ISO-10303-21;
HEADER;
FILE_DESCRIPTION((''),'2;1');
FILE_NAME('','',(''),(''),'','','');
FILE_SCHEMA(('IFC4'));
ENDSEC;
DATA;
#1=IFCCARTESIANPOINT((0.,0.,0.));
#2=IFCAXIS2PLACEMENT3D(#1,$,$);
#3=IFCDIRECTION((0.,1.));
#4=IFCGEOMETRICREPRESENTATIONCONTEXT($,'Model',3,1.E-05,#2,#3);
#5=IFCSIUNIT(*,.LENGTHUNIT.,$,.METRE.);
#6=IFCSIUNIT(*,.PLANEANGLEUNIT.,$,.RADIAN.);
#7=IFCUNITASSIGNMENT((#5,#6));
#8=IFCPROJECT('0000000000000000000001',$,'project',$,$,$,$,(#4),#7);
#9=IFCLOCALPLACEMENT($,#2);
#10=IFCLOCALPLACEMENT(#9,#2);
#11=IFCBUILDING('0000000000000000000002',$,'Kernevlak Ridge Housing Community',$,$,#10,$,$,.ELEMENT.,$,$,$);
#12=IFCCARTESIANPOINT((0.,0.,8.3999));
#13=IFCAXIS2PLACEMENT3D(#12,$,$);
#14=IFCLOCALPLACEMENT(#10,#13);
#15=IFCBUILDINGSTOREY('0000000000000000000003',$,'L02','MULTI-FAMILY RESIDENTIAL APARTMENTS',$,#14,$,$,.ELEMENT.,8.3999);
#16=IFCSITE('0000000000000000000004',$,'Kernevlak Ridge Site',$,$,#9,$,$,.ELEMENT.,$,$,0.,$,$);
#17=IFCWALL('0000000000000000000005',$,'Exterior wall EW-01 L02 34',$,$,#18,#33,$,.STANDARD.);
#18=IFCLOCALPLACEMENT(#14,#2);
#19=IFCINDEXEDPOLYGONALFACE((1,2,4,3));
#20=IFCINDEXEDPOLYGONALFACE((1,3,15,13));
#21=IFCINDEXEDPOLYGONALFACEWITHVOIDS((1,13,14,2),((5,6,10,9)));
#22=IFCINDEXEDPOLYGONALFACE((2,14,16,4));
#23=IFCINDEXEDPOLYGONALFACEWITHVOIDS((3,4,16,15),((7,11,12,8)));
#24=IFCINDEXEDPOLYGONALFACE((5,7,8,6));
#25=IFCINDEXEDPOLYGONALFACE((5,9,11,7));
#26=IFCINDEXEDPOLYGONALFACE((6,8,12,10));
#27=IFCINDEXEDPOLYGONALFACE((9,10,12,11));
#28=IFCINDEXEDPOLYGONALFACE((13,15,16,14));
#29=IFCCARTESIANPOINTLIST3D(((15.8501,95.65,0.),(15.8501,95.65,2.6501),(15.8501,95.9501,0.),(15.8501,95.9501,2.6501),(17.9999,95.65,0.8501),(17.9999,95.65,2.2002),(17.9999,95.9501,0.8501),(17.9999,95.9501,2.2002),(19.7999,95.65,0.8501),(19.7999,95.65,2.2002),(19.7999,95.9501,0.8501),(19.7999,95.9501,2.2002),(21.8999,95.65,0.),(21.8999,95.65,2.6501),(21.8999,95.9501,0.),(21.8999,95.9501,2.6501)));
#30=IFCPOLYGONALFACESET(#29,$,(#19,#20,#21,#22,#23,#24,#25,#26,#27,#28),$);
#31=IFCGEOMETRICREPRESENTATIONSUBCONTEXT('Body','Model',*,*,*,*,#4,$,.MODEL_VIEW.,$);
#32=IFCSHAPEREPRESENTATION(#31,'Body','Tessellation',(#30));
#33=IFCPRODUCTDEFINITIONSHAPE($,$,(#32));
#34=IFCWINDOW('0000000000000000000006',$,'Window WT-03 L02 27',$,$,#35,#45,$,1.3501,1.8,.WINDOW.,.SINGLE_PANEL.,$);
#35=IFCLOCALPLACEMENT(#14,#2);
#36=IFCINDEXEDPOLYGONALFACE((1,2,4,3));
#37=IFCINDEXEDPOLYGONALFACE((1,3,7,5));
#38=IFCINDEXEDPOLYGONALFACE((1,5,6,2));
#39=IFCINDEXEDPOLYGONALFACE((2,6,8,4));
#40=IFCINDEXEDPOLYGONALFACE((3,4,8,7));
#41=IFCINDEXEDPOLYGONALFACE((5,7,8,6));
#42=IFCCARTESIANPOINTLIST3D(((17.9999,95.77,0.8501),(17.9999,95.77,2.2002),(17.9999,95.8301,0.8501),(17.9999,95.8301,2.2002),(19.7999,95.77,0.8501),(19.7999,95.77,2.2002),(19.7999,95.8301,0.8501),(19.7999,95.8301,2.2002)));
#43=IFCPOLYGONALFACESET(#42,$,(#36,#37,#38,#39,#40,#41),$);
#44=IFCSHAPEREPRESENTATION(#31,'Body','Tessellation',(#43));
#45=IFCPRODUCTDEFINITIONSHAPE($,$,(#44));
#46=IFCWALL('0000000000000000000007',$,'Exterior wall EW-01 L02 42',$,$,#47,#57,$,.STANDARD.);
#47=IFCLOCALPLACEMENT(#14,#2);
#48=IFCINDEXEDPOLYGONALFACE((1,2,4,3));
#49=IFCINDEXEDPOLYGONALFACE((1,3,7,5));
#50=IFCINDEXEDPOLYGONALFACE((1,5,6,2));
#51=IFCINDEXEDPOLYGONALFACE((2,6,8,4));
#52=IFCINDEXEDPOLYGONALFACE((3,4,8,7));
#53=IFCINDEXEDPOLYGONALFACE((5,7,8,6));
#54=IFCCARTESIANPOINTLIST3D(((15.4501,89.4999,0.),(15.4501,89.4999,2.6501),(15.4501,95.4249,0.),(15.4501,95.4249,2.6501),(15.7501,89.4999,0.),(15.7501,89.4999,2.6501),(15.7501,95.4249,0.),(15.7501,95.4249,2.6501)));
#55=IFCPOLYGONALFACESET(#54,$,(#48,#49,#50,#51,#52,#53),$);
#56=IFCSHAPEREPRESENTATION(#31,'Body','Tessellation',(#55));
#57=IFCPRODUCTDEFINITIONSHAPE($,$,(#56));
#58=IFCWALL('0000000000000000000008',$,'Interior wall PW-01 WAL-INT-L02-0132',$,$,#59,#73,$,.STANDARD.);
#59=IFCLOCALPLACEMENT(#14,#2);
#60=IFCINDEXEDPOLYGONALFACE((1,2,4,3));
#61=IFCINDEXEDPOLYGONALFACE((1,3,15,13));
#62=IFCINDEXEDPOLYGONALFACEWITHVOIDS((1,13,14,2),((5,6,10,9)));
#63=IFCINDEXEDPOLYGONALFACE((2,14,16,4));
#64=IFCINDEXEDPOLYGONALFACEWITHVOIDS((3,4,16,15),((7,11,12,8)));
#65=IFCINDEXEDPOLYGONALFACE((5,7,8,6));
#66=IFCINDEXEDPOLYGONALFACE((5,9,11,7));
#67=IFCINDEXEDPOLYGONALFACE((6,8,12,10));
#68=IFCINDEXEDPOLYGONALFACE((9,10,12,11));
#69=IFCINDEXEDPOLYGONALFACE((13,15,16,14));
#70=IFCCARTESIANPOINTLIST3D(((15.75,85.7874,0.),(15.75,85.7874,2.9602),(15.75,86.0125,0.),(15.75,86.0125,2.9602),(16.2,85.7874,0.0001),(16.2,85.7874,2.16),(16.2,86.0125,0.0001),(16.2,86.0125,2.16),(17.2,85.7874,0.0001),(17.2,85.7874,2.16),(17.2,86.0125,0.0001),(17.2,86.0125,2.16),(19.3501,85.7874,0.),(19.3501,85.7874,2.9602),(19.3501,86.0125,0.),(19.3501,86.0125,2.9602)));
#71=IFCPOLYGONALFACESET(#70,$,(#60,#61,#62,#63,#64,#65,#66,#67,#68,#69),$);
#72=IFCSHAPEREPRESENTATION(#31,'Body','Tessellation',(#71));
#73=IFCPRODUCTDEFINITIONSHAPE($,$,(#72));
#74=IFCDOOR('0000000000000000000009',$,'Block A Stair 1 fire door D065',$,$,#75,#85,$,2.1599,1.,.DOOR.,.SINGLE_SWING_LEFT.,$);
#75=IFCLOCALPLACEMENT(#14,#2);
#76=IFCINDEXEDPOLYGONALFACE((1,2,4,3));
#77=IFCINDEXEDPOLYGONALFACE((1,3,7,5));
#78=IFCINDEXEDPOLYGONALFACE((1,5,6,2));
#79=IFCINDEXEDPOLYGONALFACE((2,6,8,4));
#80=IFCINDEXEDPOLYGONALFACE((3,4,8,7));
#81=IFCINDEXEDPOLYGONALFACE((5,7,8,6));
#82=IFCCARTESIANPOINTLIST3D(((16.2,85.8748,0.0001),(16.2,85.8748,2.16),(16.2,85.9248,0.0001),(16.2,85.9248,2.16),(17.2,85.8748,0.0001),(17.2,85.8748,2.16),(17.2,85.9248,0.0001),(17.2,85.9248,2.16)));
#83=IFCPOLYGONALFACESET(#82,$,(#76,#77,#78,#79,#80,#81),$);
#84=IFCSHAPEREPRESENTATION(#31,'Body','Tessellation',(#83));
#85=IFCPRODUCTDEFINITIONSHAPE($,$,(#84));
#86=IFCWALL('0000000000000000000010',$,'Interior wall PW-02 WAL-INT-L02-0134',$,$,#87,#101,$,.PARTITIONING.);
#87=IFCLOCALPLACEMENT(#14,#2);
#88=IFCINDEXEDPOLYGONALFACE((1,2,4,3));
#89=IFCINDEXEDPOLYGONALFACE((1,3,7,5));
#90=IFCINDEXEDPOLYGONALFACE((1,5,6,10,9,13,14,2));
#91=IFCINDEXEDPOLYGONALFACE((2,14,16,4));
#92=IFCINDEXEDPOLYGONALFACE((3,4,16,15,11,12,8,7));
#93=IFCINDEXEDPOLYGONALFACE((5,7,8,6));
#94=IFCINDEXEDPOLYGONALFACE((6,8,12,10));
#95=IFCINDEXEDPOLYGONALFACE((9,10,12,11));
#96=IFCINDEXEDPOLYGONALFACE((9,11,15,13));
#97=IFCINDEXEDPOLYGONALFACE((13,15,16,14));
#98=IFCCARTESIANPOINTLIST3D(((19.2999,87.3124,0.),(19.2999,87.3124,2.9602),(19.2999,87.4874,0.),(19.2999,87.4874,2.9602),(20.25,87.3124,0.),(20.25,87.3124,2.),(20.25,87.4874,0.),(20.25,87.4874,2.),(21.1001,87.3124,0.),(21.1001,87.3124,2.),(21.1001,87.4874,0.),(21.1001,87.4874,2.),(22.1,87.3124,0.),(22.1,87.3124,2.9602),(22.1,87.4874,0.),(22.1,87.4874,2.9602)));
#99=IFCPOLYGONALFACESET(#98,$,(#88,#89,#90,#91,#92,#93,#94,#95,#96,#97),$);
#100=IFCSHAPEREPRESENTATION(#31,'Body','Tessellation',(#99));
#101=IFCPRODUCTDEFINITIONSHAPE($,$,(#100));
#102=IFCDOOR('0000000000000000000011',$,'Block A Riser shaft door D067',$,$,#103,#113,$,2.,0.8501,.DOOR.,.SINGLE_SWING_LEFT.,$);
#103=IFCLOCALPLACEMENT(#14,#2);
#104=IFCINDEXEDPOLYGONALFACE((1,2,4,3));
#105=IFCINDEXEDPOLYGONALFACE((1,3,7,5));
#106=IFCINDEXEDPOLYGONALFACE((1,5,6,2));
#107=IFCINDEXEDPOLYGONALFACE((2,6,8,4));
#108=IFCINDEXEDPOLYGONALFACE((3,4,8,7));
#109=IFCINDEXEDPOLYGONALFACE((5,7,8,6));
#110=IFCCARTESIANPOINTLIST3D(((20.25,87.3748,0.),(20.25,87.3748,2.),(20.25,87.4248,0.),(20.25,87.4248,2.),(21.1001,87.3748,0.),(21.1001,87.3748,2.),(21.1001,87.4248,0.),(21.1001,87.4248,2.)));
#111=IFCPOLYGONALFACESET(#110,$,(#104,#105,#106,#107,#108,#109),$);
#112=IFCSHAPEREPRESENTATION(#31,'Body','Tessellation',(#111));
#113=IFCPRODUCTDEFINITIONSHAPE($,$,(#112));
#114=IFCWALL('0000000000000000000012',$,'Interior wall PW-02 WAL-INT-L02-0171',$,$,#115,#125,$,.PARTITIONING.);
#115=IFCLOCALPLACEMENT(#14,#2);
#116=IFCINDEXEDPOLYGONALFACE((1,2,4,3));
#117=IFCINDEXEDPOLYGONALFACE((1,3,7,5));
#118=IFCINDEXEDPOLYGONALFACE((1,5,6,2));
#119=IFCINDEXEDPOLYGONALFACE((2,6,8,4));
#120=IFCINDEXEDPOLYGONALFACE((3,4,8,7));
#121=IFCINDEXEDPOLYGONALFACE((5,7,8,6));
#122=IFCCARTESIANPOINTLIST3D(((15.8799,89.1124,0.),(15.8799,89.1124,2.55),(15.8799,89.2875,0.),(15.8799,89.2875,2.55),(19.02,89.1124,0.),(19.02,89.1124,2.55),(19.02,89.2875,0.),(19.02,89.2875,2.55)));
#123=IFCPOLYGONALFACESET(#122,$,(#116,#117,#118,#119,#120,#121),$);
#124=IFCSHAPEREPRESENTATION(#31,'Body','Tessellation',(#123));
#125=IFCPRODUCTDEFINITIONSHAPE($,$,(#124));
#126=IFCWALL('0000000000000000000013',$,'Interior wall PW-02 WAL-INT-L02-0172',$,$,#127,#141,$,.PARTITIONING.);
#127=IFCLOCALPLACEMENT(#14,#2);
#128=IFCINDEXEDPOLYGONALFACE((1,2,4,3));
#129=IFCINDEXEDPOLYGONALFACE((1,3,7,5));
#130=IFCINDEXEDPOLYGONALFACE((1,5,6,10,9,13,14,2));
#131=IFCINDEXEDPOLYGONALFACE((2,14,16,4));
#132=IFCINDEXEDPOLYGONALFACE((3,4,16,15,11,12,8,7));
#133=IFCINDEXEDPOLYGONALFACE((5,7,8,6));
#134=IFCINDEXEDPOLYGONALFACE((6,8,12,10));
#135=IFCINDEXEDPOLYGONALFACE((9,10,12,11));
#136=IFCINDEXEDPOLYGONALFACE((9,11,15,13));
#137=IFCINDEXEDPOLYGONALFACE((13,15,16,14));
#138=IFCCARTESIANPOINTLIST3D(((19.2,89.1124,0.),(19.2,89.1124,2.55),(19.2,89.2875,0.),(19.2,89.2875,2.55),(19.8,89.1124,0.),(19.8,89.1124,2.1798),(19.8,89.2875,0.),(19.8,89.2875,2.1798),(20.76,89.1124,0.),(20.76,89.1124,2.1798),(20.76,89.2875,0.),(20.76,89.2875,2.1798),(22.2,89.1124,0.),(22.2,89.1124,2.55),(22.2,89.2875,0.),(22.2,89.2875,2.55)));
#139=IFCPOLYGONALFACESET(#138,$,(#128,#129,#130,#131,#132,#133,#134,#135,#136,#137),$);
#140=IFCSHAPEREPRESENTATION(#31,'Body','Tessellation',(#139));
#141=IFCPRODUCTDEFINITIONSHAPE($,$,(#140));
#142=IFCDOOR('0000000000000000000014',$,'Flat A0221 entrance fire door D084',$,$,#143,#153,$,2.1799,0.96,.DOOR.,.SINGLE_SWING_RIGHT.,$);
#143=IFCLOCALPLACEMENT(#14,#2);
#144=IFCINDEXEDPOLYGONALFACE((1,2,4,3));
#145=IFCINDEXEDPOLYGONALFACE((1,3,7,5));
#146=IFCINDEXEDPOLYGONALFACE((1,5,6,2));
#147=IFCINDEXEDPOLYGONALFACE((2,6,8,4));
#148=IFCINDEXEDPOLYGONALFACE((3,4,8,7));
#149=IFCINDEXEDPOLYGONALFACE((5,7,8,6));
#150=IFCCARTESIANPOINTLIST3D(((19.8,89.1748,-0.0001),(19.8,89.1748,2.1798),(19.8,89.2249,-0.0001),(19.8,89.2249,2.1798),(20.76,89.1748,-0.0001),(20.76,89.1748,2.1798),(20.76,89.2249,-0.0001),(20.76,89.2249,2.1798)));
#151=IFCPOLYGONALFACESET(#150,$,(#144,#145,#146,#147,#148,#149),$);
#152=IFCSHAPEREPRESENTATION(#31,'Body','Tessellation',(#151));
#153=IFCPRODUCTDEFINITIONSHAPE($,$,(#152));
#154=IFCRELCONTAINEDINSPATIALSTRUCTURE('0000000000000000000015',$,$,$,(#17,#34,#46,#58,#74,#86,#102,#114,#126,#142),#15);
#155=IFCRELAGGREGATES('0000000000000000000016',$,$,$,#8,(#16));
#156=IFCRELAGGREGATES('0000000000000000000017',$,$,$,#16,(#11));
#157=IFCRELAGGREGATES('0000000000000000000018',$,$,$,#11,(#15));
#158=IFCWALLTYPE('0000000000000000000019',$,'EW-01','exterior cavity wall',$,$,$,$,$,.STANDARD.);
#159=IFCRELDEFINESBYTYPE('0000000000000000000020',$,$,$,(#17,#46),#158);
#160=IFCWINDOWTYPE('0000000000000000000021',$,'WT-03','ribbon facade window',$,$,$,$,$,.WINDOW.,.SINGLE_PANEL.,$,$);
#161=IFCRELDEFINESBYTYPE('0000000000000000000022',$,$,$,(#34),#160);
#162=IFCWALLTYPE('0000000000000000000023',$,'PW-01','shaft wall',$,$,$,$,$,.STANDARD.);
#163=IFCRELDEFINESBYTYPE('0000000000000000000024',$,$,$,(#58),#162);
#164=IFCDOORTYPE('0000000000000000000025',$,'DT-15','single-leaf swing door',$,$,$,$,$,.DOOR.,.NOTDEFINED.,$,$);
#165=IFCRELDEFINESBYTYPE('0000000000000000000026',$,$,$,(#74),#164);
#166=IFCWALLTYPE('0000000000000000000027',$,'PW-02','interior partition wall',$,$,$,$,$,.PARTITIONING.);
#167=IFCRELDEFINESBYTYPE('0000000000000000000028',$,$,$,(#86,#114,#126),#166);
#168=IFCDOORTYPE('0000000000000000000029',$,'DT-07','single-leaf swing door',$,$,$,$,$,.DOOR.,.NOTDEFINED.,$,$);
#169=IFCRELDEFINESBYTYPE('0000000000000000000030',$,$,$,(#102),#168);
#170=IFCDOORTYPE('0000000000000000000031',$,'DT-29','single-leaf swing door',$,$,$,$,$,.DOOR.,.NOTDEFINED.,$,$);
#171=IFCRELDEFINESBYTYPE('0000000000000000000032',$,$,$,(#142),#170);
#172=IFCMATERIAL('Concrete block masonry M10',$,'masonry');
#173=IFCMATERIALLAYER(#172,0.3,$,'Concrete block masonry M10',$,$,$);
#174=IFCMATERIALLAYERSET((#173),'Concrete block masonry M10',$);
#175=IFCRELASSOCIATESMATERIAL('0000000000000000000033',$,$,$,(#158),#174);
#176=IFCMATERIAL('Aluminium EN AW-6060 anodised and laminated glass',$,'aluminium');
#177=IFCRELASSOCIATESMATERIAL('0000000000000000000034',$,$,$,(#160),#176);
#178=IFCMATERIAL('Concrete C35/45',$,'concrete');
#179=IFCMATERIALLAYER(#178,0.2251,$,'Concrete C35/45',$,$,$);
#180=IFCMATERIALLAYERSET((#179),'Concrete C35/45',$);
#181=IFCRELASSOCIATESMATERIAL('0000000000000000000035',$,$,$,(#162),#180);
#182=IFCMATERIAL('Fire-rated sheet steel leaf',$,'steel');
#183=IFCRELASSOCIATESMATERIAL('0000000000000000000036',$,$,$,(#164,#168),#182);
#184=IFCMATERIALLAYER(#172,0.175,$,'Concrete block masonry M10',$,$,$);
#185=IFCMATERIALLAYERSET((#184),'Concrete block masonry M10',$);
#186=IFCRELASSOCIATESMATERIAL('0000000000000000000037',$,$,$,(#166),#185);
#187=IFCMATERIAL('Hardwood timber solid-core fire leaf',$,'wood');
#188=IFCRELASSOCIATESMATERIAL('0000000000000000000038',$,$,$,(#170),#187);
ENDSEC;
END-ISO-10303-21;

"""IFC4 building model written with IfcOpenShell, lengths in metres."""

from ifc_helpers import new_model, si_unit, direction, frame, frame_2d, origin, place, context, subcontext, project, spatial, rectangle, extrude, material, layer, layer_set, type_object, element, fill, save


model = new_model("IFC4")

# Units and contexts
model_context = context("Model", 3, precision=1e-05, world=origin(), true_north=direction((0.0, 1.0)))
body_context = subcontext(model_context, "Body", "Model", "MODEL_VIEW")
ifc_project = project(units=[si_unit("LENGTHUNIT", "METRE"), si_unit("PLANEANGLEUNIT", "RADIAN")], contexts=[model_context])

# Site, building, storey
site_placement = place(None, origin())
site = spatial("IfcSite", under=ifc_project, at=site_placement, Name="Kernevlak Ridge Site", CompositionType="ELEMENT", RefElevation=0.0)
building_placement = place(site_placement, origin())
building = spatial("IfcBuilding", under=site, at=building_placement, Name="Kernevlak Ridge Housing Community", CompositionType="ELEMENT")
storey_placement = place(building_placement, frame((0.0, 0.0, 8.3999)))
storey = spatial("IfcBuildingStorey", under=building, at=storey_placement, Name="L02", Description="MULTI-FAMILY RESIDENTIAL APARTMENTS", CompositionType="ELEMENT", Elevation=8.3999)

# Shared definitions
ifc_material_1 = material(Name="Concrete C35/45", Category="concrete")

# Shared definitions
ifc_material_2 = material(Name="Aluminium EN AW-6060 anodised and laminated glass", Category="aluminium")

# Wall, opening, window
ifc_material_3 = material(Name="Concrete block masonry M10", Category="masonry")
ifc_layer_1 = layer(ifc_material_3, 0.3, Name="Concrete block masonry M10")
ifc_layer_set_1 = layer_set([ifc_layer_1], Name="Concrete block masonry M10")
wall_type_1 = type_object("IfcWallType", Name="EW-01", Description="exterior cavity wall", PredefinedType="STANDARD", material=ifc_layer_set_1)
wall_1_placement = place(storey_placement, frame((15.8501, 95.8, 0.0), z_axis=(0.0, 0.0, 1.0), x_axis=(1.0, 0.0, 0.0)))
wall_1 = element("IfcWall", 1, at=wall_1_placement, inside=storey, type_object=wall_type_1, Name="Exterior wall EW-01 L02 34", PredefinedType="STANDARD", context=body_context, shape_type="SweptSolid", body=[
    extrude(rectangle(XDim=6.0498, YDim=0.3, at=frame_2d((3.0249, 0.0))), origin(), (0.0, 0.0, 1.0), 2.6501),
])
opening_1_placement = place(wall_1_placement, frame((2.1499, 0.0, 0.8501)))
opening_1 = element("IfcOpeningElement", 2, at=opening_1_placement, cuts=wall_1, PredefinedType="OPENING", context=body_context, shape_type="SweptSolid", body=[
    extrude(rectangle(XDim=1.8, YDim=1.3501, at=frame_2d((0.8999, 0.675))), frame((0.0, 0.1599, 0.0), z_axis=(0.0, -1.0, 0.0), x_axis=(1.0, 0.0, 0.0)), (0.0, 0.0, 1.0), 0.3201),
])
window_type = type_object("IfcWindowType", Name="WT-03", Description="ribbon facade window", PartitioningType="SINGLE_PANEL", PredefinedType="WINDOW", material=ifc_material_2)
window_placement = place(opening_1_placement, origin())
window = element("IfcWindow", 3, at=window_placement, inside=storey, type_object=window_type, Name="Window WT-03 L02 27", OverallHeight=1.3501, OverallWidth=1.8, PartitioningType="SINGLE_PANEL", PredefinedType="WINDOW", context=body_context, shape_type="SweptSolid", body=[
    extrude(rectangle(XDim=1.8, YDim=1.3501, at=frame_2d((0.8999, 0.675))), frame((0.0, 0.03, 0.0), z_axis=(0.0, -1.0, 0.0), x_axis=(1.0, 0.0, 0.0)), (0.0, 0.0, 1.0), 0.0601),
])
fill(opening_1, window)

# Wall
wall_2_placement = place(storey_placement, frame((15.6001, 89.5, 0.0), z_axis=(0.0, 0.0, 1.0), x_axis=(0.0, 1.0, 0.0)))
element("IfcWall", 4, at=wall_2_placement, inside=storey, type_object=wall_type_1, Name="Exterior wall EW-01 L02 42", PredefinedType="STANDARD", context=body_context, shape_type="SweptSolid", body=[
    extrude(rectangle(XDim=5.925, YDim=0.3, at=frame_2d((2.9624, 0.0))), origin(), (0.0, 0.0, 1.0), 2.6501),
])

# Walls, openings, doors
ifc_layer_2 = layer(ifc_material_1, 0.2251, Name="Concrete C35/45")
ifc_layer_set_2 = layer_set([ifc_layer_2], Name="Concrete C35/45")
wall_type_2 = type_object("IfcWallType", Name="PW-01", Description="shaft wall", PredefinedType="STANDARD", material=ifc_layer_set_2)
wall_3_placement = place(storey_placement, frame((15.75, 85.8999, 0.0), z_axis=(0.0, 0.0, 1.0), x_axis=(1.0, 0.0, 0.0)))
wall_3 = element("IfcWall", 5, at=wall_3_placement, inside=storey, type_object=wall_type_2, Name="Interior wall PW-01 WAL-INT-L02-0132", PredefinedType="STANDARD", context=body_context, shape_type="SweptSolid", body=[
    extrude(rectangle(XDim=3.6001, YDim=0.2251, at=frame_2d((1.8, 0.0))), origin(), (0.0, 0.0, 1.0), 2.9602),
])
opening_2_placement = place(wall_3_placement, frame((0.45, 0.0, 0.0)))
opening_2 = element("IfcOpeningElement", 6, at=opening_2_placement, cuts=wall_3, PredefinedType="OPENING", context=body_context, shape_type="SweptSolid", body=[
    extrude(rectangle(XDim=1.0, YDim=2.1599, at=frame_2d((0.5, 1.0801))), frame((0.0, 0.1226, 0.0), z_axis=(0.0, -1.0, 0.0), x_axis=(1.0, 0.0, 0.0)), (0.0, 0.0, 1.0), 0.2451),
])
ifc_material_4 = material(Name="Fire-rated sheet steel leaf", Category="steel")
door_type_1 = type_object("IfcDoorType", Name="DT-15", Description="single-leaf swing door", OperationType="NOTDEFINED", PredefinedType="DOOR", material=ifc_material_4)
door_1_placement = place(opening_2_placement, origin())
door_1 = element("IfcDoor", 7, at=door_1_placement, inside=storey, type_object=door_type_1, Name="Block A Stair 1 fire door D065", OperationType="SINGLE_SWING_LEFT", OverallHeight=2.1599, OverallWidth=1.0, PredefinedType="DOOR", context=body_context, shape_type="SweptSolid", body=[
    extrude(rectangle(XDim=1.0, YDim=2.1599, at=frame_2d((0.5, 1.0801))), frame((0.0, 0.0249, 0.0), z_axis=(0.0, -1.0, 0.0), x_axis=(1.0, 0.0, 0.0)), (0.0, 0.0, 1.0), 0.05),
])
fill(opening_2, door_1)
ifc_layer_3 = layer(ifc_material_3, 0.175, Name="Concrete block masonry M10")
ifc_layer_set_3 = layer_set([ifc_layer_3], Name="Concrete block masonry M10")
wall_type_3 = type_object("IfcWallType", Name="PW-02", Description="interior partition wall", PredefinedType="PARTITIONING", material=ifc_layer_set_3)
wall_4_placement = place(storey_placement, frame((19.3, 87.3999, 0.0), z_axis=(0.0, 0.0, 1.0), x_axis=(1.0, 0.0, 0.0)))
wall_4 = element("IfcWall", 8, at=wall_4_placement, inside=storey, type_object=wall_type_3, Name="Interior wall PW-02 WAL-INT-L02-0134", PredefinedType="PARTITIONING", context=body_context, shape_type="SweptSolid", body=[
    extrude(rectangle(XDim=2.8, YDim=0.175, at=frame_2d((1.3999, 0.0))), origin(), (0.0, 0.0, 1.0), 2.9602),
])
opening_3_placement = place(wall_4_placement, frame((0.95, 0.0, 0.0)))
opening_3 = element("IfcOpeningElement", 9, at=opening_3_placement, cuts=wall_4, PredefinedType="OPENING", context=body_context, shape_type="SweptSolid", body=[
    extrude(rectangle(XDim=0.8501, YDim=2.0, at=frame_2d((0.425, 1.0))), frame((0.0, 0.0974, 0.0), z_axis=(0.0, -1.0, 0.0), x_axis=(1.0, 0.0, 0.0)), (0.0, 0.0, 1.0), 0.1951),
])
door_type_2 = type_object("IfcDoorType", Name="DT-07", Description="single-leaf swing door", OperationType="NOTDEFINED", PredefinedType="DOOR", material=ifc_material_4)
door_2_placement = place(opening_3_placement, origin())
door_2 = element("IfcDoor", 10, at=door_2_placement, inside=storey, type_object=door_type_2, Name="Block A Riser shaft door D067", OperationType="SINGLE_SWING_LEFT", OverallHeight=2.0, OverallWidth=0.8501, PredefinedType="DOOR", context=body_context, shape_type="SweptSolid", body=[
    extrude(rectangle(XDim=0.8501, YDim=2.0, at=frame_2d((0.425, 1.0))), frame((0.0, 0.0249, 0.0), z_axis=(0.0, -1.0, 0.0), x_axis=(1.0, 0.0, 0.0)), (0.0, 0.0, 1.0), 0.05),
])
fill(opening_3, door_2)

# Wall
wall_5_placement = place(storey_placement, frame((15.8799, 89.2, 0.0), z_axis=(0.0, 0.0, 1.0), x_axis=(1.0, 0.0, 0.0)))
element("IfcWall", 11, at=wall_5_placement, inside=storey, type_object=wall_type_3, Name="Interior wall PW-02 WAL-INT-L02-0171", PredefinedType="PARTITIONING", context=body_context, shape_type="SweptSolid", body=[
    extrude(rectangle(XDim=3.1401, YDim=0.175, at=frame_2d((1.5701, 0.0))), origin(), (0.0, 0.0, 1.0), 2.55),
])

# Wall, opening, door
wall_6_placement = place(storey_placement, frame((19.2, 89.2, 0.0), z_axis=(0.0, 0.0, 1.0), x_axis=(1.0, 0.0, 0.0)))
wall_6 = element("IfcWall", 12, at=wall_6_placement, inside=storey, type_object=wall_type_3, Name="Interior wall PW-02 WAL-INT-L02-0172", PredefinedType="PARTITIONING", context=body_context, shape_type="SweptSolid", body=[
    extrude(rectangle(XDim=3.0, YDim=0.175, at=frame_2d((1.5, 0.0))), origin(), (0.0, 0.0, 1.0), 2.55),
])
opening_4_placement = place(wall_6_placement, frame((0.6001, 0.0, 0.0)))
opening_4 = element("IfcOpeningElement", 13, at=opening_4_placement, cuts=wall_6, PredefinedType="OPENING", context=body_context, shape_type="SweptSolid", body=[
    extrude(rectangle(XDim=0.96, YDim=2.1799, at=frame_2d((0.48, 1.0898))), frame((0.0, 0.0974, 0.0), z_axis=(0.0, -1.0, 0.0), x_axis=(1.0, 0.0, 0.0)), (0.0, 0.0, 1.0), 0.1951),
])
ifc_material_5 = material(Name="Hardwood timber solid-core fire leaf", Category="wood")
door_type_3 = type_object("IfcDoorType", Name="DT-29", Description="single-leaf swing door", OperationType="NOTDEFINED", PredefinedType="DOOR", material=ifc_material_5)
door_3_placement = place(opening_4_placement, origin())
door_3 = element("IfcDoor", 14, at=door_3_placement, inside=storey, type_object=door_type_3, Name="Flat A0221 entrance fire door D084", OperationType="SINGLE_SWING_RIGHT", OverallHeight=2.1799, OverallWidth=0.96, PredefinedType="DOOR", context=body_context, shape_type="SweptSolid", body=[
    extrude(rectangle(XDim=0.96, YDim=2.1799, at=frame_2d((0.48, 1.0898))), frame((0.0, 0.0249, 0.0), z_axis=(0.0, -1.0, 0.0), x_axis=(1.0, 0.0, 0.0)), (0.0, 0.0, 1.0), 0.05),
])
fill(opening_4, door_3)

save(model, "model.ifc")
